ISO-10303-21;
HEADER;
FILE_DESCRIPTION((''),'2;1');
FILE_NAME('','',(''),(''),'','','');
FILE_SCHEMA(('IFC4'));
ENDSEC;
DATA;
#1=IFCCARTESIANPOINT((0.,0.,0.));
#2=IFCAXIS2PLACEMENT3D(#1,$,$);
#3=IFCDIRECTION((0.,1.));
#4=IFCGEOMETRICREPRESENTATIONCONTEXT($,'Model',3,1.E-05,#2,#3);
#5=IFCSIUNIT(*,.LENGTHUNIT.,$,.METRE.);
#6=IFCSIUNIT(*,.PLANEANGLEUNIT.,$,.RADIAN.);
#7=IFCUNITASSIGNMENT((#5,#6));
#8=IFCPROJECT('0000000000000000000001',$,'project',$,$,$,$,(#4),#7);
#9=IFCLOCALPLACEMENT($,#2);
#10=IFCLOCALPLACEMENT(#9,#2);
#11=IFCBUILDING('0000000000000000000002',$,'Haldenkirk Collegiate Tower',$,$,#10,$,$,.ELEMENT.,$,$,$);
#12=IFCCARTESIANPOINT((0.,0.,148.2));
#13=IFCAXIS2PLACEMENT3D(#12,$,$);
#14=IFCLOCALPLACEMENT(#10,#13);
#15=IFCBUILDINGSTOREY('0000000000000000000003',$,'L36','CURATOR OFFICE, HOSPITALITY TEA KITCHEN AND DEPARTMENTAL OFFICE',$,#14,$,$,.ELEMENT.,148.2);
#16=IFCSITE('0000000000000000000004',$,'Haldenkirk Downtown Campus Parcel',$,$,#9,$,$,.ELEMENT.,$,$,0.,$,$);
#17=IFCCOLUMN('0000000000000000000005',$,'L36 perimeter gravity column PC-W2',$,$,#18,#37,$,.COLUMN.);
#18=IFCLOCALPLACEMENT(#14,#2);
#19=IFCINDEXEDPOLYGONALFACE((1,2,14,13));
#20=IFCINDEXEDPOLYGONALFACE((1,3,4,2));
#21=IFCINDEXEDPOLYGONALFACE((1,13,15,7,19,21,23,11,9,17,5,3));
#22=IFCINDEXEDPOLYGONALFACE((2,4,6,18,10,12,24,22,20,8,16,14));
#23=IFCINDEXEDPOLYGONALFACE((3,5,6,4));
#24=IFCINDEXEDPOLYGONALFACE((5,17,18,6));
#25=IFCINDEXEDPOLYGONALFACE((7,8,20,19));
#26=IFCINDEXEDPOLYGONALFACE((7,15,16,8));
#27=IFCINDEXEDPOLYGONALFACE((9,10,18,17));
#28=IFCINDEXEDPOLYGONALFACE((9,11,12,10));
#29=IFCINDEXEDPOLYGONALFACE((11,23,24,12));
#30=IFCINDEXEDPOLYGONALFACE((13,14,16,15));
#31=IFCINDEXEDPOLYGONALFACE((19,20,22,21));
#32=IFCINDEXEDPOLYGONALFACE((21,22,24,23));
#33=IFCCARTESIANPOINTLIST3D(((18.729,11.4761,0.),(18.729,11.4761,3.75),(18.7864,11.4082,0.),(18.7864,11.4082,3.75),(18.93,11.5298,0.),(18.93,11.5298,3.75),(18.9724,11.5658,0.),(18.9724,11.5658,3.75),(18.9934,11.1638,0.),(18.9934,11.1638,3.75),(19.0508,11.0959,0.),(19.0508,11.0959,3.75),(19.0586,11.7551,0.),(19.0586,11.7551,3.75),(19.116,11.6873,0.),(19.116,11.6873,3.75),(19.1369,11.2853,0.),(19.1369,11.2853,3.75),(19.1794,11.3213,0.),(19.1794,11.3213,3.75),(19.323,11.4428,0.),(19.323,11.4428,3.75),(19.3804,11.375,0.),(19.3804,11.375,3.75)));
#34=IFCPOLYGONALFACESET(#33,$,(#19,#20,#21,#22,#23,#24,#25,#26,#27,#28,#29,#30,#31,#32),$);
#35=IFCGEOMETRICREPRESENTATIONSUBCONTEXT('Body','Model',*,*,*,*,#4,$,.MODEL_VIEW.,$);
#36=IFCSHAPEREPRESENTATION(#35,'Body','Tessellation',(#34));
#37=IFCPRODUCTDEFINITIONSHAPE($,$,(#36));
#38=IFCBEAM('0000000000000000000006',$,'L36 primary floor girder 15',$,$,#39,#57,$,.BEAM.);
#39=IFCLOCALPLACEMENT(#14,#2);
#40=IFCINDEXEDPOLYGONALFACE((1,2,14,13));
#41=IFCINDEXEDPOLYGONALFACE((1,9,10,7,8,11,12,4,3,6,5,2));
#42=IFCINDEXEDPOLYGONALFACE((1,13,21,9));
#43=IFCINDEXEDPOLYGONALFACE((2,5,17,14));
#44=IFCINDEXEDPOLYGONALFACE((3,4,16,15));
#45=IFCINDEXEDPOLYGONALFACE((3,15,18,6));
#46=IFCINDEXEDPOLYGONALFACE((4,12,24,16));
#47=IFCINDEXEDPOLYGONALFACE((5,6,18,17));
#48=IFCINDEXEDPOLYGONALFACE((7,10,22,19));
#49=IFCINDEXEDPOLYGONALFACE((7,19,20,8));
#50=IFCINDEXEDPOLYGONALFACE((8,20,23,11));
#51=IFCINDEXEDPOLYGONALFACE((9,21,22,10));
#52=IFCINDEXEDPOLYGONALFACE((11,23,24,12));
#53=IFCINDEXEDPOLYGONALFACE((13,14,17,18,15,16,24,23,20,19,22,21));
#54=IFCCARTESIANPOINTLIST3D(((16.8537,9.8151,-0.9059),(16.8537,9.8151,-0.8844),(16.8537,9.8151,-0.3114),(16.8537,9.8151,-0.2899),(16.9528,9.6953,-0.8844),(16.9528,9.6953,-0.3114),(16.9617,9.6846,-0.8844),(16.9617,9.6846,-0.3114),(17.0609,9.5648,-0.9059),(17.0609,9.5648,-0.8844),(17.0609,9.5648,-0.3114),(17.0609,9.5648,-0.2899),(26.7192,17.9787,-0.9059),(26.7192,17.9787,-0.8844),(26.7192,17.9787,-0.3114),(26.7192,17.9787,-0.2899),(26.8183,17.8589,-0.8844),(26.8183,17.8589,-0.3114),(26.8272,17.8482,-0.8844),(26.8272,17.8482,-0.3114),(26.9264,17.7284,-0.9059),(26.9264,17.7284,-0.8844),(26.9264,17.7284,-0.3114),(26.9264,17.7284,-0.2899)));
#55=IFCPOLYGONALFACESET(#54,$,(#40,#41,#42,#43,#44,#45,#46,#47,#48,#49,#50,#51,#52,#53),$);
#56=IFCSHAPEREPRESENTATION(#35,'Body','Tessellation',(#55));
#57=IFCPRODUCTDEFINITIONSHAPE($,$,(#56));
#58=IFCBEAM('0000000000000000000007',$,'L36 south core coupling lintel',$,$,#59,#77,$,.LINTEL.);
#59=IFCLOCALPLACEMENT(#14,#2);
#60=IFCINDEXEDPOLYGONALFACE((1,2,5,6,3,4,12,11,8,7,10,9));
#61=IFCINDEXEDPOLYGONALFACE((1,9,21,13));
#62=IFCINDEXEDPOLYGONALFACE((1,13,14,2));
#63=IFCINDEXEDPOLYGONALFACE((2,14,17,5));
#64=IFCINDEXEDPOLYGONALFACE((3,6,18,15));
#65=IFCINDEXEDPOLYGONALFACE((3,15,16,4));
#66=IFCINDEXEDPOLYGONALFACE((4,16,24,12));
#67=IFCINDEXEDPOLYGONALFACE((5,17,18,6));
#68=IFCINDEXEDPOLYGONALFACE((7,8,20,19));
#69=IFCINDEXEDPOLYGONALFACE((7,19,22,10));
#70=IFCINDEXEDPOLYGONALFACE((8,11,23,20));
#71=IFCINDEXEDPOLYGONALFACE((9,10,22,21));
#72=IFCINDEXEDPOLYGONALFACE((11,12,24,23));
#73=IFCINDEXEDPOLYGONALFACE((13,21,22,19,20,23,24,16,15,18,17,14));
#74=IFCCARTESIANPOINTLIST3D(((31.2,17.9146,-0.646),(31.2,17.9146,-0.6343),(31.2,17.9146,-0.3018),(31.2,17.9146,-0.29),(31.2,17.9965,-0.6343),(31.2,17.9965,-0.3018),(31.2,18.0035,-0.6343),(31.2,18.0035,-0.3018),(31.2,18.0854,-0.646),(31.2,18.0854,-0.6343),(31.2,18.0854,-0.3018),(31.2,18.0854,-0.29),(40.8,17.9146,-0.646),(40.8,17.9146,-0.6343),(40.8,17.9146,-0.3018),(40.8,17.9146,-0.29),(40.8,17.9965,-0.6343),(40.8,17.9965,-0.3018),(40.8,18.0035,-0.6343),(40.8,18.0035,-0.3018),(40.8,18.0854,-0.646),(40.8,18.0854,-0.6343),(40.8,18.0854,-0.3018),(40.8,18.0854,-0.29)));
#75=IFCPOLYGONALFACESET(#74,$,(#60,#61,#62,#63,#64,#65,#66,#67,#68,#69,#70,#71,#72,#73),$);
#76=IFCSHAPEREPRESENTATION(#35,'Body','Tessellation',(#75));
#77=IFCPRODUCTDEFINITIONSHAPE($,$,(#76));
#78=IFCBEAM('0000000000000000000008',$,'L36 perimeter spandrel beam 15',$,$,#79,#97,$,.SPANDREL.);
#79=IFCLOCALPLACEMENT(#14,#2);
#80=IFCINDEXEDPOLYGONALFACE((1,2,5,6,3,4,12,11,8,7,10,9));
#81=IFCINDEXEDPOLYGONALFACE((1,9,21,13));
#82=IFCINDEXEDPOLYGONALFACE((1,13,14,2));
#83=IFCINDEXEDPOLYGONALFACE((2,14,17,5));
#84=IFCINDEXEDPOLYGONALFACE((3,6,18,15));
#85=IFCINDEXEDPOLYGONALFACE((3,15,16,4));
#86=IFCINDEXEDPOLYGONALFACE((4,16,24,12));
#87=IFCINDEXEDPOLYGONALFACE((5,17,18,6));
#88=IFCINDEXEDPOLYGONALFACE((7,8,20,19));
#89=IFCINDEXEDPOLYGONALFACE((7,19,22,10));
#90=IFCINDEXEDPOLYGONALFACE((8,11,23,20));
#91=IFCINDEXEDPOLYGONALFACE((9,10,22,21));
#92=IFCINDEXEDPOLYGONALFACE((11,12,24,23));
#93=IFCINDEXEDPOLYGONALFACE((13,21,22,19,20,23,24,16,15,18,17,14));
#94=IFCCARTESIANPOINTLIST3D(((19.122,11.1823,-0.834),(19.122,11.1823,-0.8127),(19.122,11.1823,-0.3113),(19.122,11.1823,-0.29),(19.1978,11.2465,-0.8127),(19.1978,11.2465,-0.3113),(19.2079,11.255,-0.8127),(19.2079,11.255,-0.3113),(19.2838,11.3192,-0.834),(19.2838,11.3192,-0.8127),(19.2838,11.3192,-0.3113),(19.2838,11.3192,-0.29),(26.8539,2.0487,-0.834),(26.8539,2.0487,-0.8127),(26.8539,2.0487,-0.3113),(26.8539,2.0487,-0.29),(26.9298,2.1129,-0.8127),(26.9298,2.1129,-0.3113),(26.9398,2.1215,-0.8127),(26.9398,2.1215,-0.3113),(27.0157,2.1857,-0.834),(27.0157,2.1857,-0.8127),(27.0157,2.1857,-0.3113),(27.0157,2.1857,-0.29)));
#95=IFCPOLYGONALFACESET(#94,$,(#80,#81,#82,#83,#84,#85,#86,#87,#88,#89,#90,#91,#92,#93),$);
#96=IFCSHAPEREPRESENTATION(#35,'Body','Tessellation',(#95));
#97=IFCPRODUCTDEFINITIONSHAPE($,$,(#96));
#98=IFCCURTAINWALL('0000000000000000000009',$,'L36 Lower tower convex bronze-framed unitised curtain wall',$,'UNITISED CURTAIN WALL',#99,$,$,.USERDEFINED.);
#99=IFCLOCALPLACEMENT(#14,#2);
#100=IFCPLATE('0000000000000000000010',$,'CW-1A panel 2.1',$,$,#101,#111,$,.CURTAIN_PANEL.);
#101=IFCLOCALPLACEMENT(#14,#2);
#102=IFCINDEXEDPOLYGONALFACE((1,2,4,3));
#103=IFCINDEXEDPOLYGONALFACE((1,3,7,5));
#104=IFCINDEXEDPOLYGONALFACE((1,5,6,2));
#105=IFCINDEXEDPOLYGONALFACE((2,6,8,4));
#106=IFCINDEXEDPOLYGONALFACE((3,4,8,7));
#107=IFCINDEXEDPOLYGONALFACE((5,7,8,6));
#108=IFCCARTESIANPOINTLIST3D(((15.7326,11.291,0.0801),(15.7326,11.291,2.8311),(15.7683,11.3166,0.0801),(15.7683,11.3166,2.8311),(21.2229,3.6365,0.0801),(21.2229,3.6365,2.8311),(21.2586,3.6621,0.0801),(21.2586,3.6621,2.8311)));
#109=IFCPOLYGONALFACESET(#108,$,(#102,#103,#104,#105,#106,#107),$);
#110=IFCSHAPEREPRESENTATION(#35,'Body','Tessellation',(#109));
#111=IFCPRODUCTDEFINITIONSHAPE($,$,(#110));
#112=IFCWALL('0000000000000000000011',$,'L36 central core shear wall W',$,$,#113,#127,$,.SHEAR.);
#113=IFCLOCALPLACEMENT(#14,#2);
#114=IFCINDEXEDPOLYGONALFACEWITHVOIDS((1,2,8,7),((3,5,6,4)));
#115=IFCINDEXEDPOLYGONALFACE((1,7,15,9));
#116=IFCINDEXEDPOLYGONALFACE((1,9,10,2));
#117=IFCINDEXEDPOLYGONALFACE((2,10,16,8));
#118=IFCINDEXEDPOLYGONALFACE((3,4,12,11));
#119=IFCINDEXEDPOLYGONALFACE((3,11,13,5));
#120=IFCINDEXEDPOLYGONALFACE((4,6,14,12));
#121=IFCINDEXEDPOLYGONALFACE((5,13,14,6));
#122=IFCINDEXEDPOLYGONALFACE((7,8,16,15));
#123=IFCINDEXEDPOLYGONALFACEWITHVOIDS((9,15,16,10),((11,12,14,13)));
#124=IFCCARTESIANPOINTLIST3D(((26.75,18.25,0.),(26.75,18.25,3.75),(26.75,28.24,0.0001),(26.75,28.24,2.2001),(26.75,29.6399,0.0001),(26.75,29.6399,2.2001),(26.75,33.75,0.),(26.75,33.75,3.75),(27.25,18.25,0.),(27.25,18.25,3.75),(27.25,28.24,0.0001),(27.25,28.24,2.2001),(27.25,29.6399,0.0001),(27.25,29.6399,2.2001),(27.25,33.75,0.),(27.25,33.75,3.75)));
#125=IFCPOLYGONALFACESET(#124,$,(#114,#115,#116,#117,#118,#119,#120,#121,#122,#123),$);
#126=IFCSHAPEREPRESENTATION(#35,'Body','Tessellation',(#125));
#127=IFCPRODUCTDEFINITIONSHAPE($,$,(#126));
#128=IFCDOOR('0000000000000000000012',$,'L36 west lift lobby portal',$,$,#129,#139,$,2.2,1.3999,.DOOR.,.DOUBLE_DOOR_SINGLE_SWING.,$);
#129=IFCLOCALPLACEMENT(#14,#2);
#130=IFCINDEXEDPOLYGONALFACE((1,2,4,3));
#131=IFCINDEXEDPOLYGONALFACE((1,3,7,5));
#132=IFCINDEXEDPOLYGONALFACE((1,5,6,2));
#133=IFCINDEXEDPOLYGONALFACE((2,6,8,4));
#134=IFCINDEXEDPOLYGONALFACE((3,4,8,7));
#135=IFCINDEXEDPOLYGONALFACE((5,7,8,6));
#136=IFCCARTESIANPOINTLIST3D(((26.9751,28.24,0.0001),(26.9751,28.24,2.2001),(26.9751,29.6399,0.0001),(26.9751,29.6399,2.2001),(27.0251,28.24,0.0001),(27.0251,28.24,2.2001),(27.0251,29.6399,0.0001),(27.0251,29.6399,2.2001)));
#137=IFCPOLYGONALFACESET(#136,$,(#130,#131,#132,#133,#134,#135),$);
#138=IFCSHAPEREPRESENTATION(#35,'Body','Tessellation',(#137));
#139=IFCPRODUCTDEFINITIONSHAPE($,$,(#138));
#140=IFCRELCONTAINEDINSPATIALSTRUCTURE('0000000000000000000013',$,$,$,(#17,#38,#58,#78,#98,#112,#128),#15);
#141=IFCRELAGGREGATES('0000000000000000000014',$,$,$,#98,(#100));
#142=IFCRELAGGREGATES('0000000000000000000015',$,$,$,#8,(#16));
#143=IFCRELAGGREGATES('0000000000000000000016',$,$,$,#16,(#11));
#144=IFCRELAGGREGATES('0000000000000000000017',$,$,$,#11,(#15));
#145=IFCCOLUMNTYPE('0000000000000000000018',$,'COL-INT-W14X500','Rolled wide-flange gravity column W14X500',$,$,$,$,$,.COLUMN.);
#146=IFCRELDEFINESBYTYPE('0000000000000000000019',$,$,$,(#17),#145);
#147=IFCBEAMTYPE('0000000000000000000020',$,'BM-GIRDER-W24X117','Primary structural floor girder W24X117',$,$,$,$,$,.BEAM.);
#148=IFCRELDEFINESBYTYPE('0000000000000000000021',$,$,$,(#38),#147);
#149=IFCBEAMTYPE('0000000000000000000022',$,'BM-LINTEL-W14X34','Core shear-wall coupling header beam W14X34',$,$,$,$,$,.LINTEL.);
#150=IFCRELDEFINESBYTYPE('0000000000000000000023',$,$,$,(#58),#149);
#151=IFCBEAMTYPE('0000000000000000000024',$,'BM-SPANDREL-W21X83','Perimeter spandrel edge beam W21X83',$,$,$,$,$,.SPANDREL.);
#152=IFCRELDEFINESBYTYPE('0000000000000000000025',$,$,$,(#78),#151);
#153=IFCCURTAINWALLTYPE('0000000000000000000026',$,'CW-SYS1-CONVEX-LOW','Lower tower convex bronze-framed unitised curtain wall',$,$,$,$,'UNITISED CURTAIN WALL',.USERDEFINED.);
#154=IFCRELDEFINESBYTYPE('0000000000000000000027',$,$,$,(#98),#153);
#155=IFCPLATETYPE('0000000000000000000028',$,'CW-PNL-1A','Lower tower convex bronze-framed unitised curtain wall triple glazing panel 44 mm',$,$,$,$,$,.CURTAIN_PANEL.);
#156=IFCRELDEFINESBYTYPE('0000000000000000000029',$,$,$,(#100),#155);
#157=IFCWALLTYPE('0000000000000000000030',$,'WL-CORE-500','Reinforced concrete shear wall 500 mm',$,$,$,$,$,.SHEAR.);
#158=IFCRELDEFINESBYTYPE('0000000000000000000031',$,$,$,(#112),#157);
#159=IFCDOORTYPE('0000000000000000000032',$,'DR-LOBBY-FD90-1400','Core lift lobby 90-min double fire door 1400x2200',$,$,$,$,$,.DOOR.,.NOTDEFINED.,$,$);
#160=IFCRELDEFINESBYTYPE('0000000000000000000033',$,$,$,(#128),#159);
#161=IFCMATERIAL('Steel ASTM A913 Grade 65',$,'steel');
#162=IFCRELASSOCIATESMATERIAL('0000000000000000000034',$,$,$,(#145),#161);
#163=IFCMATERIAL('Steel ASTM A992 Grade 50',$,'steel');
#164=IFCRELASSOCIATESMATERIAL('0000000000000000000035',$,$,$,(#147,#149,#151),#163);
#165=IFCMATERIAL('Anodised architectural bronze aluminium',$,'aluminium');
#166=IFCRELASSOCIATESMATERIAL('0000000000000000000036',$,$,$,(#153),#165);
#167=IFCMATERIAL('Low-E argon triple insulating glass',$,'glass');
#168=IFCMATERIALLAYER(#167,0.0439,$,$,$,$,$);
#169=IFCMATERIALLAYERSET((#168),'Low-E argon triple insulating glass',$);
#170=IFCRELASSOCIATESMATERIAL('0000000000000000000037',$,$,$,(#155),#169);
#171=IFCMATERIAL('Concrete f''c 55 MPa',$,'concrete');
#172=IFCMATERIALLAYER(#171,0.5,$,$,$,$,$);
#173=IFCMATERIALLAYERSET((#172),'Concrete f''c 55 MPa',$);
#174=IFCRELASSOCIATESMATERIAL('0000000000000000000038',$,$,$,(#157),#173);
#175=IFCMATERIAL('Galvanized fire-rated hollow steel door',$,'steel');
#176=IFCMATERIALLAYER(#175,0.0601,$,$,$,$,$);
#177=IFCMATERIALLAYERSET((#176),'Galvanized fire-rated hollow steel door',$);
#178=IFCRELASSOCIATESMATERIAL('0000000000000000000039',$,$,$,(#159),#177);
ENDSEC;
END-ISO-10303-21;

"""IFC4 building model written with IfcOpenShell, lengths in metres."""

from ifc_helpers import new_model, si_unit, direction, frame, frame_2d, origin, origin_2d, place, context, subcontext, project, spatial, rectangle, i_section, extrude, source, transform, mapped, material, layer, layer_set, material_profile, profile_set, type_object, element, fill, aggregate, save


model = new_model("IFC4")

# Units and contexts
model_context = context("Model", 3, precision=1e-05, world=origin(), true_north=direction((0.0, 1.0)))
body_context = subcontext(model_context, "Body", "Model", "MODEL_VIEW")
ifc_project = project(units=[si_unit("LENGTHUNIT", "METRE"), si_unit("PLANEANGLEUNIT", "RADIAN")], contexts=[model_context])

# Site, building, storey
site_placement = place(None, origin())
site = spatial("IfcSite", under=ifc_project, at=site_placement, Name="Haldenkirk Downtown Campus Parcel", CompositionType="ELEMENT", RefElevation=0.0)
building_placement = place(site_placement, origin())
building = spatial("IfcBuilding", under=site, at=building_placement, Name="Haldenkirk Collegiate Tower", CompositionType="ELEMENT")
storey_placement = place(building_placement, frame((0.0, 0.0, 148.2)))
storey = spatial("IfcBuildingStorey", under=building, at=storey_placement, Name="L36", Description="CURATOR OFFICE, HOSPITALITY TEA KITCHEN AND DEPARTMENTAL OFFICE", CompositionType="ELEMENT", Elevation=148.2)

# Column
ifc_material_1 = material(Name="Steel ASTM A913 Grade 65", Category="steel")
ifc_material_profile_1 = material_profile(ifc_material_1, i_section(OverallWidth=0.4319, OverallDepth=0.498, WebThickness=0.0557, FlangeThickness=0.0889, at=origin_2d()), Name="W14X500")
ifc_profile_set_1 = profile_set([ifc_material_profile_1], Name="Steel ASTM A913 Grade 65")
column_type = type_object("IfcColumnType", Name="COL-INT-W14X500", Description="Rolled wide-flange gravity column W14X500", PredefinedType="COLUMN", material=ifc_profile_set_1)
column_placement = place(storey_placement, frame((19.0547, 11.4255, 0.0), z_axis=(0.0, 0.0, 1.0), x_axis=(0.763232, 0.646124, 0.0)))
element("IfcColumn", 1, at=column_placement, inside=storey, type_object=column_type, Name="L36 perimeter gravity column PC-W2", PredefinedType="COLUMN", context=body_context, shape_type="SweptSolid", body=[
    extrude(i_section(OverallWidth=0.4319, OverallDepth=0.498, WebThickness=0.0557, FlangeThickness=0.0889, at=origin_2d()), origin(), (0.0, 0.0, 1.0), 3.75),
])

# Beams
ifc_material_2 = material(Name="Steel ASTM A992 Grade 50", Category="steel")
ifc_material_profile_2 = material_profile(ifc_material_2, i_section(OverallWidth=0.325, OverallDepth=0.616, WebThickness=0.0139, FlangeThickness=0.0215, at=origin_2d()), Name="W24X117")
ifc_profile_set_2 = profile_set([ifc_material_profile_2], Name="Steel ASTM A992 Grade 50")
beam_type_1 = type_object("IfcBeamType", Name="BM-GIRDER-W24X117", Description="Primary structural floor girder W24X117", PredefinedType="BEAM", material=ifc_profile_set_2)
beam_1_placement = place(storey_placement, frame((16.9573, 9.6899, -0.5979), z_axis=(0.770431, 0.637523, 0.0), x_axis=(-0.637523, 0.770431, 0.0)))
element("IfcBeam", 2, at=beam_1_placement, inside=storey, type_object=beam_type_1, Name="L36 primary floor girder 15", PredefinedType="BEAM", context=body_context, shape_type="SweptSolid", body=[
    extrude(i_section(OverallWidth=0.325, OverallDepth=0.616, WebThickness=0.0139, FlangeThickness=0.0215, at=origin_2d()), origin(), (0.0, 0.0, 1.0), 12.8052),
])
ifc_material_profile_3 = material_profile(ifc_material_2, i_section(OverallWidth=0.1709, OverallDepth=0.356, WebThickness=0.0071, FlangeThickness=0.0117, at=origin_2d()), Name="W14X34")
ifc_profile_set_3 = profile_set([ifc_material_profile_3], Name="Steel ASTM A992 Grade 50")
beam_type_2 = type_object("IfcBeamType", Name="BM-LINTEL-W14X34", Description="Core shear-wall coupling header beam W14X34", PredefinedType="LINTEL", material=ifc_profile_set_3)
beam_2_placement = place(storey_placement, frame((31.2, 18.0, -0.468), z_axis=(1.0, 0.0, 0.0), x_axis=(0.0, 1.0, 0.0)))
element("IfcBeam", 3, at=beam_2_placement, inside=storey, type_object=beam_type_2, Name="L36 south core coupling lintel", PredefinedType="LINTEL", context=body_context, shape_type="SweptSolid", body=[
    extrude(i_section(OverallWidth=0.1709, OverallDepth=0.356, WebThickness=0.0071, FlangeThickness=0.0117, at=origin_2d()), origin(), (0.0, 0.0, 1.0), 9.6001),
])
ifc_material_profile_4 = material_profile(ifc_material_2, i_section(OverallWidth=0.2119, OverallDepth=0.5439, WebThickness=0.0132, FlangeThickness=0.0212, at=origin_2d()), Name="W21X83")
ifc_profile_set_4 = profile_set([ifc_material_profile_4], Name="Steel ASTM A992 Grade 50")
beam_type_3 = type_object("IfcBeamType", Name="BM-SPANDREL-W21X83", Description="Perimeter spandrel edge beam W21X83", PredefinedType="SPANDREL", material=ifc_profile_set_4)
beam_3_placement = place(storey_placement, frame((19.2029, 11.2507, -0.562), z_axis=(0.646115, -0.76324, 0.0), x_axis=(0.76324, 0.646115, 0.0)))
element("IfcBeam", 4, at=beam_3_placement, inside=storey, type_object=beam_type_3, Name="L36 perimeter spandrel beam 15", PredefinedType="SPANDREL", context=body_context, shape_type="SweptSolid", body=[
    extrude(i_section(OverallWidth=0.2119, OverallDepth=0.5439, WebThickness=0.0132, FlangeThickness=0.0212, at=origin_2d()), origin(), (0.0, 0.0, 1.0), 11.9668),
])

# Curtain wall, plate
ifc_material_3 = material(Name="Anodised architectural bronze aluminium", Category="aluminium")
curtain_wall_type = type_object("IfcCurtainWallType", Name="CW-SYS1-CONVEX-LOW", Description="Lower tower convex bronze-framed unitised curtain wall", ElementType="UNITISED CURTAIN WALL", PredefinedType="USERDEFINED", material=ifc_material_3)
curtain_wall_placement = place(storey_placement, origin())
curtain_wall = element("IfcCurtainWall", 5, at=curtain_wall_placement, inside=storey, type_object=curtain_wall_type, Name="L36 Lower tower convex bronze-framed unitised curtain wall", ObjectType="UNITISED CURTAIN WALL", PredefinedType="USERDEFINED")
ifc_material_4 = material(Name="Low-E argon triple insulating glass", Category="glass")
ifc_layer_1 = layer(ifc_material_4, 0.0439)
ifc_layer_set_1 = layer_set([ifc_layer_1], Name="Low-E argon triple insulating glass")
plate_type = type_object("IfcPlateType", Name="CW-PNL-1A", Description="Lower tower convex bronze-framed unitised curtain wall triple glazing panel 44 mm", PredefinedType="CURTAIN_PANEL", material=ifc_layer_set_1)
shared_shape_1 = source(origin(), body_context, "Body", "SweptSolid", [
    extrude(rectangle(XDim=9.4199, YDim=0.0439, at=origin_2d()), origin(), (0.0, 0.0, 1.0), 2.751),
])
plate_placement = place(storey_placement, frame((18.4956, 7.4766, 0.0801), z_axis=(0.0, 0.0, 1.0), x_axis=(-0.582832, 0.812592, 0.0)))
plate = element("IfcPlate", 6, at=plate_placement, type_object=plate_type, Name="CW-1A panel 2.1", PredefinedType="CURTAIN_PANEL", context=body_context, shape_type="MappedRepresentation", body=[
    mapped(shared_shape_1, transform((0.0, 0.0, 0.0), x_axis=(1.0, 0.0, 0.0), y_axis=(0.0, 1.0, 0.0), z_axis=(0.0, 0.0, 1.0), scale=1.0)),
])
aggregate(curtain_wall, [plate])

# Shared definitions
ifc_material_5 = material(Name="Concrete f'c 55 MPa", Category="concrete")
ifc_layer_2 = layer(ifc_material_5, 0.5)
ifc_layer_set_2 = layer_set([ifc_layer_2], Name="Concrete f'c 55 MPa")
wall_type_1 = type_object("IfcWallType", Name="WL-CORE-500", Description="Reinforced concrete shear wall 500 mm", PredefinedType="SHEAR", material=ifc_layer_set_2)
ifc_material_6 = material(Name="Galvanized fire-rated hollow steel door", Category="steel")

# Wall, opening, door
wall_1_placement = place(storey_placement, frame((27.0, 18.25, 0.0), z_axis=(0.0, 0.0, 1.0), x_axis=(0.0, 1.0, 0.0)))
wall_1 = element("IfcWall", 7, at=wall_1_placement, inside=storey, type_object=wall_type_1, Name="L36 central core shear wall W", PredefinedType="SHEAR", context=body_context, shape_type="SweptSolid", body=[
    extrude(rectangle(XDim=15.5, YDim=0.5, at=frame_2d((7.75, 0.0))), origin(), (0.0, 0.0, 1.0), 3.75),
])
opening_1_placement = place(wall_1_placement, frame((9.99, 0.0, 0.0)))
opening_1 = element("IfcOpeningElement", 8, at=opening_1_placement, cuts=wall_1, PredefinedType="OPENING", context=body_context, shape_type="SweptSolid", body=[
    extrude(rectangle(XDim=1.3999, YDim=2.2, at=frame_2d((0.7, 1.1001))), frame((0.0, 0.26, 0.0), z_axis=(0.0, -1.0, 0.0), x_axis=(1.0, 0.0, 0.0)), (0.0, 0.0, 1.0), 0.52),
])
ifc_layer_3 = layer(ifc_material_6, 0.0601)
ifc_layer_set_3 = layer_set([ifc_layer_3], Name="Galvanized fire-rated hollow steel door")
door_type_1 = type_object("IfcDoorType", Name="DR-LOBBY-FD90-1400", Description="Core lift lobby 90-min double fire door 1400x2200", OperationType="NOTDEFINED", PredefinedType="DOOR", material=ifc_layer_set_3)
door_1_placement = place(opening_1_placement, origin())
door_1 = element("IfcDoor", 9, at=door_1_placement, inside=storey, type_object=door_type_1, Name="L36 west lift lobby portal", OperationType="DOUBLE_DOOR_SINGLE_SWING", OverallHeight=2.2, OverallWidth=1.3999, PredefinedType="DOOR", context=body_context, shape_type="SweptSolid", body=[
    extrude(rectangle(XDim=1.3999, YDim=2.2, at=frame_2d((0.7, 1.1001))), frame((0.0, 0.0249, 0.0), z_axis=(0.0, -1.0, 0.0), x_axis=(1.0, 0.0, 0.0)), (0.0, 0.0, 1.0), 0.05),
])
fill(opening_1, door_1)

save(model, "model.ifc")
